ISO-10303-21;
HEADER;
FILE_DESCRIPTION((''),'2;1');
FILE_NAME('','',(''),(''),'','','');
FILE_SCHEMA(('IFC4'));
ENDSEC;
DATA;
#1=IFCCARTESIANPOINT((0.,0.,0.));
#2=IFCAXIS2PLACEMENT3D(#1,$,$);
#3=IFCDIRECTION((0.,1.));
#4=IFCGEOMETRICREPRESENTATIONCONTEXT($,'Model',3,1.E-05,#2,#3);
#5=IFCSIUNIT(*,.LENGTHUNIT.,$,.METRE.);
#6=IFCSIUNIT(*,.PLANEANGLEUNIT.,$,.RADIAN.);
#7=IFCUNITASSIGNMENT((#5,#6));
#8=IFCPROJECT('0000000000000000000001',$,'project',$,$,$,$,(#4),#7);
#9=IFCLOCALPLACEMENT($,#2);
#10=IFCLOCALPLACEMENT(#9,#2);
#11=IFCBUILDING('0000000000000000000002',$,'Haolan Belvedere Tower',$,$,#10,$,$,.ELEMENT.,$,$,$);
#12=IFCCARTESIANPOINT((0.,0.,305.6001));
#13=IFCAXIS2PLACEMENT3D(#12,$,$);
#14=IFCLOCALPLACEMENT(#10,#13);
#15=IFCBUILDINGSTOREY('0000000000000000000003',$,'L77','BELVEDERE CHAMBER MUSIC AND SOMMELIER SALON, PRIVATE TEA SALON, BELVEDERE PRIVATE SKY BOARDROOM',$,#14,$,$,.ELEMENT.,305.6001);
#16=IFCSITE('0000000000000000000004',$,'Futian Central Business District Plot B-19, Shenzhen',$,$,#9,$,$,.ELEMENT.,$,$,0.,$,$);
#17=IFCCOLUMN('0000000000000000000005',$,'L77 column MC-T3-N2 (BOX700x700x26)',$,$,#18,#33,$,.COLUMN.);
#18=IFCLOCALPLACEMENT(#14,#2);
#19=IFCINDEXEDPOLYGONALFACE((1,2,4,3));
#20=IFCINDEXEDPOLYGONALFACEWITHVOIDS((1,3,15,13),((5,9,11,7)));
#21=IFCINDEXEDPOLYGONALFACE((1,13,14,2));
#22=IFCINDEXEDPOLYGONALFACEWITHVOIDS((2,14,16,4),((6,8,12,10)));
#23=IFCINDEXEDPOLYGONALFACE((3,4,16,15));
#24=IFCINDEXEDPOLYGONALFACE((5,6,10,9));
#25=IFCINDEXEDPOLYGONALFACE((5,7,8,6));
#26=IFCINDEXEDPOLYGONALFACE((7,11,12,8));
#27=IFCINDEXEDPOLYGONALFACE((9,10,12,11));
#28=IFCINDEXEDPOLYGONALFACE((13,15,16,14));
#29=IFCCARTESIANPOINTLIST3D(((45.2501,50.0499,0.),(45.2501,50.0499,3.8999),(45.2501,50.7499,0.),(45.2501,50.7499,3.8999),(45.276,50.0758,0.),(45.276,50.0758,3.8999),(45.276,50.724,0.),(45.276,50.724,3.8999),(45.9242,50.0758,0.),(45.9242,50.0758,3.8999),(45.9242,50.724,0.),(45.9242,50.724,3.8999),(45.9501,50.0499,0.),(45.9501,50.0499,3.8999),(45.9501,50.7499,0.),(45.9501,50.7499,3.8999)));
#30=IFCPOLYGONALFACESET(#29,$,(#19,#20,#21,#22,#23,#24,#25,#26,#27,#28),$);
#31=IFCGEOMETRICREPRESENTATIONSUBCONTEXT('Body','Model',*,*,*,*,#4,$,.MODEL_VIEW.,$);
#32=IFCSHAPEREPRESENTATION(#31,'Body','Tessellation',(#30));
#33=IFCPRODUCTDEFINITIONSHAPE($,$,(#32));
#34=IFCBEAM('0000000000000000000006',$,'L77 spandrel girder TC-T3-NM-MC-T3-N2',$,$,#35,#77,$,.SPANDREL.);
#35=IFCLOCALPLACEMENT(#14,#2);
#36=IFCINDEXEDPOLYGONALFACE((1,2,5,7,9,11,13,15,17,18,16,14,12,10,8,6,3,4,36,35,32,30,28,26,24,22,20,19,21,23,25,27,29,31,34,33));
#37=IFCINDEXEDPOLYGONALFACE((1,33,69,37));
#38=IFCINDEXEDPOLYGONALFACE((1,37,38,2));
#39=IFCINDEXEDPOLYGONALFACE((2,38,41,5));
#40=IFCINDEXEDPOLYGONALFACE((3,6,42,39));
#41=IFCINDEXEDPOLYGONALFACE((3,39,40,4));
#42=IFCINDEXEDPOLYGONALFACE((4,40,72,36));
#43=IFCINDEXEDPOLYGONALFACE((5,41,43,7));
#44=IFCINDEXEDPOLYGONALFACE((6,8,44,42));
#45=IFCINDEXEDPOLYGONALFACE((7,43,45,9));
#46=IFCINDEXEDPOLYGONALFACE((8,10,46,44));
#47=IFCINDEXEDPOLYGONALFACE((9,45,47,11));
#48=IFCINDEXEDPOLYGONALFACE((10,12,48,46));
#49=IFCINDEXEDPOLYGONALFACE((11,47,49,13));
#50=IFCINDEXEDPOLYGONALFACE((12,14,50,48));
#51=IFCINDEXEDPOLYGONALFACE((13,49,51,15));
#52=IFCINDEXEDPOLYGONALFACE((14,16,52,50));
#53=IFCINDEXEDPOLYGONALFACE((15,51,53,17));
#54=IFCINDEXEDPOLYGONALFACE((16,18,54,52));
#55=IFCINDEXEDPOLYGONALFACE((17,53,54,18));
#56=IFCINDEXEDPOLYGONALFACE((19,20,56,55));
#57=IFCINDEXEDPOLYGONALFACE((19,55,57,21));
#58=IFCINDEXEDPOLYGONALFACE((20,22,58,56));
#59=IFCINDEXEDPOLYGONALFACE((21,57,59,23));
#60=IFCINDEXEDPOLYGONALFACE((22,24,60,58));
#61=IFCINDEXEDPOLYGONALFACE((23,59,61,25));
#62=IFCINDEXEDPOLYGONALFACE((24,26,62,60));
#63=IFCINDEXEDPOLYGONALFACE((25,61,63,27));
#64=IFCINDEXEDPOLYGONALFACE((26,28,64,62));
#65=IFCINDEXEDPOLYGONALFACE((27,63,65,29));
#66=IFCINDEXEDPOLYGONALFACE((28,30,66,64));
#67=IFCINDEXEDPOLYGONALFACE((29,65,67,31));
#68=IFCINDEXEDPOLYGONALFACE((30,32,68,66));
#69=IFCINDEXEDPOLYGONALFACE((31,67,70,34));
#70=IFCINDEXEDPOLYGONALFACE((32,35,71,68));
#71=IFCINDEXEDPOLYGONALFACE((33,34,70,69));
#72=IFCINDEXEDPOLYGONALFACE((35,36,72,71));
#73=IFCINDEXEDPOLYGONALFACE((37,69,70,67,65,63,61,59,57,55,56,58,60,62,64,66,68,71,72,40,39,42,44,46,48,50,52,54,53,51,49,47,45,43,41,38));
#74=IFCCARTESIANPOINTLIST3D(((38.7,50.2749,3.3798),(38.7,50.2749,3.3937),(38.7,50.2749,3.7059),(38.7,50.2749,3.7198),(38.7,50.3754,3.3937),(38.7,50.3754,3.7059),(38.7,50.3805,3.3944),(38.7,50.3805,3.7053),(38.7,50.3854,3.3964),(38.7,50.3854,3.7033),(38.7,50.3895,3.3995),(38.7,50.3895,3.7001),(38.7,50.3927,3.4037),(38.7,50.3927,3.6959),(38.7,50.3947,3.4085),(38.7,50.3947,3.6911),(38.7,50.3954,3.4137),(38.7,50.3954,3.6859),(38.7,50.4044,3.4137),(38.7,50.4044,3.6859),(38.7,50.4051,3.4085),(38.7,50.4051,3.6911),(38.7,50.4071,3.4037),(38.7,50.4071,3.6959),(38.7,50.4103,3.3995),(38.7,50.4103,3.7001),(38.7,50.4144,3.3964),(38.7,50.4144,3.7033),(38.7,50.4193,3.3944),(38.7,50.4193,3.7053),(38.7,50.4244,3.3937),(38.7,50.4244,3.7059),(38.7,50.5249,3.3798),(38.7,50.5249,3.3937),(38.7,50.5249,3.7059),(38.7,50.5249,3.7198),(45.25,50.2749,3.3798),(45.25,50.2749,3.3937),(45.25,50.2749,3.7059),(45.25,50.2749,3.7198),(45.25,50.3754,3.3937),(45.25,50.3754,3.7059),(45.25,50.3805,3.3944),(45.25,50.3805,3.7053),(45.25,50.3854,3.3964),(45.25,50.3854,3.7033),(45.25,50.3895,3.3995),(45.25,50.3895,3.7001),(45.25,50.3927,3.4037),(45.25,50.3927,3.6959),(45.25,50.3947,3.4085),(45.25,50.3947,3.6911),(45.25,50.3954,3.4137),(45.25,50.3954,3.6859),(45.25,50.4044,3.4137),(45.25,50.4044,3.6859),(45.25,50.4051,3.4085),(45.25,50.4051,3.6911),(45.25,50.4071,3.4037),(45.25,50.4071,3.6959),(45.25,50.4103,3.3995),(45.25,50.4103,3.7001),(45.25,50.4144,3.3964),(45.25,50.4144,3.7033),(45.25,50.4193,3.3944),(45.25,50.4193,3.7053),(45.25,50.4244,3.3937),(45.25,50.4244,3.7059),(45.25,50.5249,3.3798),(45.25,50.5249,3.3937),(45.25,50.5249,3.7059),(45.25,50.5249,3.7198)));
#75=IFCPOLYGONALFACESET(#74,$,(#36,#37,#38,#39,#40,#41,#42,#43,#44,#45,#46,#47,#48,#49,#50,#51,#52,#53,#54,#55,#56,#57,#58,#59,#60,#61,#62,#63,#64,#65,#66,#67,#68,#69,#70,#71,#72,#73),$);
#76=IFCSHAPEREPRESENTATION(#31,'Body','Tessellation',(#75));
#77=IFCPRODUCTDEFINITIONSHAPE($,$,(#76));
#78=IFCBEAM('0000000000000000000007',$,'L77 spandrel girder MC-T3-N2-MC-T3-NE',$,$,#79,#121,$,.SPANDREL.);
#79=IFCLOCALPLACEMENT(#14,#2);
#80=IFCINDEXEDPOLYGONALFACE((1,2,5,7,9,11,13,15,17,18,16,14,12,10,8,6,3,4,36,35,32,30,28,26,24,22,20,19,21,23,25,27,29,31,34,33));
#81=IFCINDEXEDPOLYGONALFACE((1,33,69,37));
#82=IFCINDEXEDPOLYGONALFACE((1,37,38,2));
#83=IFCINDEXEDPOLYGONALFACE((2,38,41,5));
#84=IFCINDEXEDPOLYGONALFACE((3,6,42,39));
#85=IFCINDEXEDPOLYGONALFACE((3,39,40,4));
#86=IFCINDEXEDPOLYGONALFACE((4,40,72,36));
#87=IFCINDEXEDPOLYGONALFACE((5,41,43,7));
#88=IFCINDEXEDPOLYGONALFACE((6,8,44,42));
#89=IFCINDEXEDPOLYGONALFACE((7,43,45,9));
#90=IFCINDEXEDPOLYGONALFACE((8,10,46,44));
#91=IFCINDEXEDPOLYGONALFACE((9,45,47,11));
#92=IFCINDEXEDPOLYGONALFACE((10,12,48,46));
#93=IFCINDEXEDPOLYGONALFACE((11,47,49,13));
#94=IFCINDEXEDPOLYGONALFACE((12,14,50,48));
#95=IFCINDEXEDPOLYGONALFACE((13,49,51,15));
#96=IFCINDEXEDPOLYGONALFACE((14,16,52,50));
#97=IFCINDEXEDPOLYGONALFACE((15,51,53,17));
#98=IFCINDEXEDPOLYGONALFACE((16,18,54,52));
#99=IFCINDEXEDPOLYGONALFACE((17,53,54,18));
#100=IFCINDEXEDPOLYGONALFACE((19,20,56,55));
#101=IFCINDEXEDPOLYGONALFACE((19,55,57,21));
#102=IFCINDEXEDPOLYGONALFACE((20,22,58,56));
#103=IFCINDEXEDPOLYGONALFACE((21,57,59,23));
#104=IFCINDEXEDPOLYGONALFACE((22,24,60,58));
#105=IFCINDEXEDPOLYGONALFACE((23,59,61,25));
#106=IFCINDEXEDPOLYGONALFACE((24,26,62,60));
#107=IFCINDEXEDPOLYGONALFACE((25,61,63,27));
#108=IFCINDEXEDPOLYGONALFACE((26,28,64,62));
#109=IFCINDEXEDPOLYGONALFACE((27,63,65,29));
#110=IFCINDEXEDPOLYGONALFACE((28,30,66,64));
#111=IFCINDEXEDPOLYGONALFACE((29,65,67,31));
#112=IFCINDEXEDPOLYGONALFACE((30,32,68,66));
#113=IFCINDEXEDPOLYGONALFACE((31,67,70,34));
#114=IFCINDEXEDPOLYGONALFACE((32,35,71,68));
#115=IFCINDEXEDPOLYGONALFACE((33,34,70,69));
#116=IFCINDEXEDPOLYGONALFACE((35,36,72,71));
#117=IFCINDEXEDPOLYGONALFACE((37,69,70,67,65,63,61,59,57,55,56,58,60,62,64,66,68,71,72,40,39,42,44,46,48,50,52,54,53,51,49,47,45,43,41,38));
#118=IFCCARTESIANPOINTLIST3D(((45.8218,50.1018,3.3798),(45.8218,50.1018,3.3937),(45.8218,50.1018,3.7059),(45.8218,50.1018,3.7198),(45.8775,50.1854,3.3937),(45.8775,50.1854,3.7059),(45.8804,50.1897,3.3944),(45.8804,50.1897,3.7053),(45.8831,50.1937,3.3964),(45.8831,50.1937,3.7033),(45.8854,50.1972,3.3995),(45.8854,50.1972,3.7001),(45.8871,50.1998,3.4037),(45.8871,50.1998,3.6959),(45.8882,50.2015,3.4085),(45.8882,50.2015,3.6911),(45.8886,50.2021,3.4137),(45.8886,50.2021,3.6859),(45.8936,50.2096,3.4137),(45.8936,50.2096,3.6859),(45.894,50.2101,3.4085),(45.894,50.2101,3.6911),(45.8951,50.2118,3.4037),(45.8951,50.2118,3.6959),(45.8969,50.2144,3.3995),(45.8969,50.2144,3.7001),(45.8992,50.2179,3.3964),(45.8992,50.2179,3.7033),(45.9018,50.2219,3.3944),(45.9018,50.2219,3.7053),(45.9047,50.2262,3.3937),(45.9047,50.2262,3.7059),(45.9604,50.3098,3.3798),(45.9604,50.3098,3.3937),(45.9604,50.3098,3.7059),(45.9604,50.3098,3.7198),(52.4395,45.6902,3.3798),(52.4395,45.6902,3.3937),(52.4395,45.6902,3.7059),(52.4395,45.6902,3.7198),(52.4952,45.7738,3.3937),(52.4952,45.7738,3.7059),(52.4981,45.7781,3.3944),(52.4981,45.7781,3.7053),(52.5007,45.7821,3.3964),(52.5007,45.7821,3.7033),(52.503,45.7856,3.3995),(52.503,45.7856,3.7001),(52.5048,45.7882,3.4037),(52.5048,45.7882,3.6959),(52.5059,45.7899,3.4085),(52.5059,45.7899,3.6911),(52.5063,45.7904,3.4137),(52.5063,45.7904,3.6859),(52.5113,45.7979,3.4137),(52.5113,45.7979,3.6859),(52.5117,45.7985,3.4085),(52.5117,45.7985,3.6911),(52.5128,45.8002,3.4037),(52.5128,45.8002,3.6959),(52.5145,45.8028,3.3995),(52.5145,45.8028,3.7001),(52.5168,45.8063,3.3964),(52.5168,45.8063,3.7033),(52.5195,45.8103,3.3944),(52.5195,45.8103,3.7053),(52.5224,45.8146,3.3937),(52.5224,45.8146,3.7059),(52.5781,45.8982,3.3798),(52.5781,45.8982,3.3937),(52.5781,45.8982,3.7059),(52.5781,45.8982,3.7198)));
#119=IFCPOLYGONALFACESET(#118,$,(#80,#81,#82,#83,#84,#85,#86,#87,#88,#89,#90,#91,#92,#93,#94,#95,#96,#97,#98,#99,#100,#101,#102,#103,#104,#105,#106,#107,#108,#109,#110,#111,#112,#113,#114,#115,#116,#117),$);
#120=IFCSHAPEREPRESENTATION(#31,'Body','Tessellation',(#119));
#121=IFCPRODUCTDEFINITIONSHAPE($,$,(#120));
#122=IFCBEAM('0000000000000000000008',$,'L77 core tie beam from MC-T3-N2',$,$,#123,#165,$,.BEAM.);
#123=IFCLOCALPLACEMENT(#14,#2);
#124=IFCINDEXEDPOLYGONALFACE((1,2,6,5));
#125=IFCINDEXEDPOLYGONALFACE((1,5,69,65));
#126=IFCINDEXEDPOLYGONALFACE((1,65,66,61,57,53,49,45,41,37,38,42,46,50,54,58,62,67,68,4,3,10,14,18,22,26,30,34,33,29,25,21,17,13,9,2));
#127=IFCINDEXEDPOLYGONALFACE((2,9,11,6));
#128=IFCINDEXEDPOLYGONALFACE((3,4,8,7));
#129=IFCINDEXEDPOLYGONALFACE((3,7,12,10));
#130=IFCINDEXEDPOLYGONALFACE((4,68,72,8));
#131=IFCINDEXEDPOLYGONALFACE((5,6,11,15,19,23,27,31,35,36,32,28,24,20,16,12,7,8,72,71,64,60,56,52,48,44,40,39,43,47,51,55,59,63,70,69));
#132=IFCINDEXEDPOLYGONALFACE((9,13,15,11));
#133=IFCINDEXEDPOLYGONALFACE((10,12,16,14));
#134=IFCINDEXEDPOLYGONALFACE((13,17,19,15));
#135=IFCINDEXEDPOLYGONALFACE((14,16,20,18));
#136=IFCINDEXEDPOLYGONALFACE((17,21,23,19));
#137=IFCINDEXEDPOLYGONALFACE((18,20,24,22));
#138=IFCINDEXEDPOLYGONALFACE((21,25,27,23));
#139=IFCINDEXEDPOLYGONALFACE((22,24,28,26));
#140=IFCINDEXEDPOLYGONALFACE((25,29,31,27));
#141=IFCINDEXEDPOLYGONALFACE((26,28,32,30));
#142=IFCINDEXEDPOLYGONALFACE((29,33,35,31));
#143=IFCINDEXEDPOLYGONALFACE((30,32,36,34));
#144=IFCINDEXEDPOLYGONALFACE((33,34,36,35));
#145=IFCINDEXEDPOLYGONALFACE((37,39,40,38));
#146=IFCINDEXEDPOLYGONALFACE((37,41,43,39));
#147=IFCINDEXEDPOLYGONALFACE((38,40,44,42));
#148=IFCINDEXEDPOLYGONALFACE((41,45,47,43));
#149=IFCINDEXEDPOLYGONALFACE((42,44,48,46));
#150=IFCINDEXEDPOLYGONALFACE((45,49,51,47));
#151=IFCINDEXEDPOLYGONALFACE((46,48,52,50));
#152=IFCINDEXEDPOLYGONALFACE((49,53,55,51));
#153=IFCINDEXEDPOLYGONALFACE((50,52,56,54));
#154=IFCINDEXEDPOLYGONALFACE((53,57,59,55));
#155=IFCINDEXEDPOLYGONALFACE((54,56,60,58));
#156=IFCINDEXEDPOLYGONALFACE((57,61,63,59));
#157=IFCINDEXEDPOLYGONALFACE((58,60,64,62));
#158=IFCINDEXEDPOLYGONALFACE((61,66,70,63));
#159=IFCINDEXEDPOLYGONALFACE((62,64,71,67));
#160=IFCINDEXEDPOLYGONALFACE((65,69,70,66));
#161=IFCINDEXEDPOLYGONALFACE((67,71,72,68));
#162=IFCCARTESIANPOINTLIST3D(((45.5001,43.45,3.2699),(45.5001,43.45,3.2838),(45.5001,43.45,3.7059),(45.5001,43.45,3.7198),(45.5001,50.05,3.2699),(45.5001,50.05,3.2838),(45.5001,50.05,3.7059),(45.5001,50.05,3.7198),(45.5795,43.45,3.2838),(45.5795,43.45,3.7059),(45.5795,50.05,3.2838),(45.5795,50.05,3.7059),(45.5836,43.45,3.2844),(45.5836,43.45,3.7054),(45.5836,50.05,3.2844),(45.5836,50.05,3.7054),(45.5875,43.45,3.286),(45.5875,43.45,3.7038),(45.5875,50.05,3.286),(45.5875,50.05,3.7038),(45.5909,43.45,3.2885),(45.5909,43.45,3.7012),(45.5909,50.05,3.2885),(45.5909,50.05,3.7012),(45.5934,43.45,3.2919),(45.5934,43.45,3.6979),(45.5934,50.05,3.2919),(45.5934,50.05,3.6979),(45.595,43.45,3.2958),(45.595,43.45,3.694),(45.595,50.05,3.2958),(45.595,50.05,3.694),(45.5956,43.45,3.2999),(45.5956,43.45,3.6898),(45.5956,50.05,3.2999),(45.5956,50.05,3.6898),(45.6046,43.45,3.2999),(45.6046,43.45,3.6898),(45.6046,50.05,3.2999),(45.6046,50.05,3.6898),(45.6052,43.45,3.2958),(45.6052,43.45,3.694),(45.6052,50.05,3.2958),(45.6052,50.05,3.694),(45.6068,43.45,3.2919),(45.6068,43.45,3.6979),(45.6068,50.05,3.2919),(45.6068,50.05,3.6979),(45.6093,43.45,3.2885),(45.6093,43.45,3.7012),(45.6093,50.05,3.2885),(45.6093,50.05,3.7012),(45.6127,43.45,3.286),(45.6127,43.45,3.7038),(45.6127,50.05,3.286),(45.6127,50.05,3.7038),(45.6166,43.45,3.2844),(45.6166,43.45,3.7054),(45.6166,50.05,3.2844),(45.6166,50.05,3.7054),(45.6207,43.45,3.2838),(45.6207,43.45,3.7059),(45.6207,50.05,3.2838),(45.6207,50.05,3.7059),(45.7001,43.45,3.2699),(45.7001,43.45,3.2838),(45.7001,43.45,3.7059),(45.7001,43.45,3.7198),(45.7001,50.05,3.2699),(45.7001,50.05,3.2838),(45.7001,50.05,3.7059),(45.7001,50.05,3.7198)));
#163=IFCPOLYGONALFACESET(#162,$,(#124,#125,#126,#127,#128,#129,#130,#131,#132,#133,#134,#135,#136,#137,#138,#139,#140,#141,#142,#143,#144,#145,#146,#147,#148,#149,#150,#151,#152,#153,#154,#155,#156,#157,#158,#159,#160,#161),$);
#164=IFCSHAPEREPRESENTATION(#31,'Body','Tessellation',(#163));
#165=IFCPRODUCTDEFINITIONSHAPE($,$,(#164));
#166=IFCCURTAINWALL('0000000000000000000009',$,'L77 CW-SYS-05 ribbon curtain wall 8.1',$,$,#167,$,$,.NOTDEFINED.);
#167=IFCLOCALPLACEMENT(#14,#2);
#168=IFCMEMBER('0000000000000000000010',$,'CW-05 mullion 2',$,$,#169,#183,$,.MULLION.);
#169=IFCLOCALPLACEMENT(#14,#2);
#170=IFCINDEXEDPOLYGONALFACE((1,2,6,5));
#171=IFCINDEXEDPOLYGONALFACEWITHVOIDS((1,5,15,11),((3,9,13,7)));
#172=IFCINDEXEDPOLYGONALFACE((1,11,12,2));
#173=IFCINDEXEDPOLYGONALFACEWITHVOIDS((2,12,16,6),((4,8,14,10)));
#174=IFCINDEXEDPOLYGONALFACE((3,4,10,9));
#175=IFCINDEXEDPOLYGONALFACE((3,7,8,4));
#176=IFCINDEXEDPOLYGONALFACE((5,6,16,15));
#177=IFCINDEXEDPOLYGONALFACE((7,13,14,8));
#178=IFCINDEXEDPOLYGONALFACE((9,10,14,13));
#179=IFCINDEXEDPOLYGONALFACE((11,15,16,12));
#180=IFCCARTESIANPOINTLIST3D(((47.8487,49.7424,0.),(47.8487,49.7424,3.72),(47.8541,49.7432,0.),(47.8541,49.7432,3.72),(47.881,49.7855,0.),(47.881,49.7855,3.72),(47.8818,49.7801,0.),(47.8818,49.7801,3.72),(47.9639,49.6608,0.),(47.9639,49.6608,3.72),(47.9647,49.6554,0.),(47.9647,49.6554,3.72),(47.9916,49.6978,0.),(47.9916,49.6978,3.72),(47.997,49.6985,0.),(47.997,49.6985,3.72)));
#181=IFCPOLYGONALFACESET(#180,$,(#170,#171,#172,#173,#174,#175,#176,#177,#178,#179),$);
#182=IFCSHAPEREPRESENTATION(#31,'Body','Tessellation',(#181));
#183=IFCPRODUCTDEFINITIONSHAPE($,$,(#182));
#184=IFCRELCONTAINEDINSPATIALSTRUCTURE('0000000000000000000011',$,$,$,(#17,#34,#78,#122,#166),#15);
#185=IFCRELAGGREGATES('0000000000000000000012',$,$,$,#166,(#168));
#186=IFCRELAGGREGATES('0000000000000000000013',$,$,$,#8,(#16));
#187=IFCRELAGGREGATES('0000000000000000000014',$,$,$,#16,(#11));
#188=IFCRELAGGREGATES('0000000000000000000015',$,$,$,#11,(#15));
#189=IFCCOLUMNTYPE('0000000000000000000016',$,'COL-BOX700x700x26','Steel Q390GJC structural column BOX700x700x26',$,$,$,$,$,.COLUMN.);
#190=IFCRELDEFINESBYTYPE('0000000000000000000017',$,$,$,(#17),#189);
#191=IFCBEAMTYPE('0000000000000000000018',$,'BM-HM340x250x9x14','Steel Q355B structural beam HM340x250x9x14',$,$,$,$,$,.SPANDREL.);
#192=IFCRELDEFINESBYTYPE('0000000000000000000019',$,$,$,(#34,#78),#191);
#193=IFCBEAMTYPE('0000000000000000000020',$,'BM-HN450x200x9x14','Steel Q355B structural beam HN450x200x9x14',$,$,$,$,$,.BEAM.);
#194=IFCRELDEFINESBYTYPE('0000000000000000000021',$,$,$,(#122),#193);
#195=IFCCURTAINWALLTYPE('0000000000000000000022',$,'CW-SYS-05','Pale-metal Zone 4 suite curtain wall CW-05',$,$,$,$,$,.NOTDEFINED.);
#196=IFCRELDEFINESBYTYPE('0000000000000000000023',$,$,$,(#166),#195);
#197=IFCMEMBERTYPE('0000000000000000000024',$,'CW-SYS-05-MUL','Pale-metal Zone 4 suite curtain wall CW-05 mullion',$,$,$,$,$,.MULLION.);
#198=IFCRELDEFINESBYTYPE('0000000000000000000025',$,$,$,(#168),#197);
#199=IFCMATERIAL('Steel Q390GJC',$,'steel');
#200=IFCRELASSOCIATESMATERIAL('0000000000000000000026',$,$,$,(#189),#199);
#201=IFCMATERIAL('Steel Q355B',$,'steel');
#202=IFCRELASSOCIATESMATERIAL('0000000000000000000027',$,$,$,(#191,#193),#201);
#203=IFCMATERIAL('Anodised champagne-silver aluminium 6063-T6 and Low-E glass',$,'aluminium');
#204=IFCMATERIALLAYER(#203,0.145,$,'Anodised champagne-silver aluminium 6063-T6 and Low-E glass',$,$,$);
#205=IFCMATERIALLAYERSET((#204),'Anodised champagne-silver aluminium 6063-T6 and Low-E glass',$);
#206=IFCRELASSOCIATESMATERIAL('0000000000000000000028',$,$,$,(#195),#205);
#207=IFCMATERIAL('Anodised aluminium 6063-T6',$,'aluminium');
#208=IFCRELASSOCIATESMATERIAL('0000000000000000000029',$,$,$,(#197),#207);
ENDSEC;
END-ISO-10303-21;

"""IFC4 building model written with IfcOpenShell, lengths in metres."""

from ifc_helpers import new_model, si_unit, direction, frame, origin, origin_2d, place, context, subcontext, project, spatial, hollow_rectangle, i_section, extrude, material, layer, layer_set, material_profile, profile_set, type_object, element, aggregate, save


model = new_model("IFC4")

# Units and contexts
model_context = context("Model", 3, precision=1e-05, world=origin(), true_north=direction((0.0, 1.0)))
body_context = subcontext(model_context, "Body", "Model", "MODEL_VIEW")
ifc_project = project(units=[si_unit("LENGTHUNIT", "METRE"), si_unit("PLANEANGLEUNIT", "RADIAN")], contexts=[model_context])

# Site, building, storey
site_placement = place(None, origin())
site = spatial("IfcSite", under=ifc_project, at=site_placement, Name="Futian Central Business District Plot B-19, Shenzhen", CompositionType="ELEMENT", RefElevation=0.0)
building_placement = place(site_placement, origin())
building = spatial("IfcBuilding", under=site, at=building_placement, Name="Haolan Belvedere Tower", CompositionType="ELEMENT")
storey_placement = place(building_placement, frame((0.0, 0.0, 305.6001)))
storey = spatial("IfcBuildingStorey", under=building, at=storey_placement, Name="L77", Description="BELVEDERE CHAMBER MUSIC AND SOMMELIER SALON, PRIVATE TEA SALON, BELVEDERE PRIVATE SKY BOARDROOM", CompositionType="ELEMENT", Elevation=305.6001)

# Column
ifc_material_1 = material(Name="Steel Q390GJC", Category="steel")
ifc_material_profile_1 = material_profile(ifc_material_1, hollow_rectangle(XDim=0.7, YDim=0.7, WallThickness=0.0259, at=origin_2d()), Name="Steel Q390GJC")
ifc_profile_set_1 = profile_set([ifc_material_profile_1], Name="Steel Q390GJC")
column_type = type_object("IfcColumnType", Name="COL-BOX700x700x26", Description="Steel Q390GJC structural column BOX700x700x26", PredefinedType="COLUMN", material=ifc_profile_set_1)
column_placement = place(storey_placement, frame((45.6001, 50.3999, 0.0), z_axis=(0.0, 0.0, 1.0), x_axis=(1.0, 0.0, 0.0)))
element("IfcColumn", 1, at=column_placement, inside=storey, type_object=column_type, Name="L77 column MC-T3-N2 (BOX700x700x26)", PredefinedType="COLUMN", context=body_context, shape_type="SweptSolid", body=[
    extrude(hollow_rectangle(XDim=0.7, YDim=0.7, WallThickness=0.0259, at=origin_2d()), origin(), (0.0, 0.0, 1.0), 3.8999),
])

# Beams
ifc_material_2 = material(Name="Steel Q355B", Category="steel")
ifc_material_profile_2 = material_profile(ifc_material_2, i_section(OverallWidth=0.25, OverallDepth=0.3401, WebThickness=0.009, FlangeThickness=0.0139, FilletRadius=0.02, at=origin_2d()), Name="Steel Q355B")
ifc_profile_set_2 = profile_set([ifc_material_profile_2], Name="Steel Q355B")
beam_type_1 = type_object("IfcBeamType", Name="BM-HM340x250x9x14", Description="Steel Q355B structural beam HM340x250x9x14", PredefinedType="SPANDREL", material=ifc_profile_set_2)
beam_1_placement = place(storey_placement, frame((38.7, 50.3999, 3.5498), z_axis=(1.0, 0.0, 0.0), x_axis=(0.0, 1.0, 0.0)))
element("IfcBeam", 2, at=beam_1_placement, inside=storey, type_object=beam_type_1, Name="L77 spandrel girder TC-T3-NM-MC-T3-N2", PredefinedType="SPANDREL", context=body_context, shape_type="SweptSolid", body=[
    extrude(i_section(OverallWidth=0.25, OverallDepth=0.3401, WebThickness=0.009, FlangeThickness=0.0139, FilletRadius=0.02, at=origin_2d()), origin(), (0.0, 0.0, 1.0), 6.55),
])
beam_2_placement = place(storey_placement, frame((45.8911, 50.2058, 3.5498), z_axis=(0.83206, -0.554686, 0.0), x_axis=(0.554686, 0.83206, 0.0)))
element("IfcBeam", 3, at=beam_2_placement, inside=storey, type_object=beam_type_1, Name="L77 spandrel girder MC-T3-N2-MC-T3-NE", PredefinedType="SPANDREL", context=body_context, shape_type="SweptSolid", body=[
    extrude(i_section(OverallWidth=0.25, OverallDepth=0.3401, WebThickness=0.009, FlangeThickness=0.0139, FilletRadius=0.02, at=origin_2d()), origin(), (0.0, 0.0, 1.0), 7.9534),
])
ifc_material_profile_3 = material_profile(ifc_material_2, i_section(OverallWidth=0.2, OverallDepth=0.45, WebThickness=0.009, FlangeThickness=0.0139, FilletRadius=0.0161, at=origin_2d()), Name="Steel Q355B")
ifc_profile_set_3 = profile_set([ifc_material_profile_3], Name="Steel Q355B")
beam_type_2 = type_object("IfcBeamType", Name="BM-HN450x200x9x14", Description="Steel Q355B structural beam HN450x200x9x14", PredefinedType="BEAM", material=ifc_profile_set_3)
beam_3_placement = place(storey_placement, frame((45.6001, 50.05, 3.4949), z_axis=(0.0, -1.0, 0.0), x_axis=(1.0, 0.0, 0.0)))
element("IfcBeam", 4, at=beam_3_placement, inside=storey, type_object=beam_type_2, Name="L77 core tie beam from MC-T3-N2", PredefinedType="BEAM", context=body_context, shape_type="SweptSolid", body=[
    extrude(i_section(OverallWidth=0.2, OverallDepth=0.45, WebThickness=0.009, FlangeThickness=0.0139, FilletRadius=0.0161, at=origin_2d()), origin(), (0.0, 0.0, 1.0), 6.6001),
])

# Curtain wall, member
ifc_material_3 = material(Name="Anodised champagne-silver aluminium 6063-T6 and Low-E glass", Category="aluminium")
ifc_layer_1 = layer(ifc_material_3, 0.145, Name="Anodised champagne-silver aluminium 6063-T6 and Low-E glass")
ifc_layer_set_1 = layer_set([ifc_layer_1], Name="Anodised champagne-silver aluminium 6063-T6 and Low-E glass")
curtain_wall_type = type_object("IfcCurtainWallType", Name="CW-SYS-05", Description="Pale-metal Zone 4 suite curtain wall CW-05", PredefinedType="NOTDEFINED", material=ifc_layer_set_1)
curtain_wall_1_placement = place(storey_placement, origin())
curtain_wall_1 = element("IfcCurtainWall", 5, at=curtain_wall_1_placement, inside=storey, type_object=curtain_wall_type, Name="L77 CW-SYS-05 ribbon curtain wall 8.1", PredefinedType="NOTDEFINED")
ifc_material_4 = material(Name="Anodised aluminium 6063-T6", Category="aluminium")
ifc_material_profile_4 = material_profile(ifc_material_4, hollow_rectangle(XDim=0.054, YDim=0.145, WallThickness=0.0039, at=origin_2d()), Name="Anodised aluminium 6063-T6")
ifc_profile_set_4 = profile_set([ifc_material_profile_4], Name="Anodised aluminium 6063-T6")
member_type_1 = type_object("IfcMemberType", Name="CW-SYS-05-MUL", Description="Pale-metal Zone 4 suite curtain wall CW-05 mullion", PredefinedType="MULLION", material=ifc_profile_set_4)
member_1_placement = place(storey_placement, frame((47.9229, 49.7205, 0.0), z_axis=(0.0, 0.0, 1.0), x_axis=(-0.600003, -0.799998, 0.0)))
member_1 = element("IfcMember", 6, at=member_1_placement, type_object=member_type_1, Name="CW-05 mullion 2", PredefinedType="MULLION", context=body_context, shape_type="SweptSolid", body=[
    extrude(hollow_rectangle(XDim=0.054, YDim=0.145, WallThickness=0.0039, at=origin_2d()), origin(), (0.0, 0.0, 1.0), 3.72),
])

aggregate(curtain_wall_1, [member_1])

save(model, "model.ifc")
